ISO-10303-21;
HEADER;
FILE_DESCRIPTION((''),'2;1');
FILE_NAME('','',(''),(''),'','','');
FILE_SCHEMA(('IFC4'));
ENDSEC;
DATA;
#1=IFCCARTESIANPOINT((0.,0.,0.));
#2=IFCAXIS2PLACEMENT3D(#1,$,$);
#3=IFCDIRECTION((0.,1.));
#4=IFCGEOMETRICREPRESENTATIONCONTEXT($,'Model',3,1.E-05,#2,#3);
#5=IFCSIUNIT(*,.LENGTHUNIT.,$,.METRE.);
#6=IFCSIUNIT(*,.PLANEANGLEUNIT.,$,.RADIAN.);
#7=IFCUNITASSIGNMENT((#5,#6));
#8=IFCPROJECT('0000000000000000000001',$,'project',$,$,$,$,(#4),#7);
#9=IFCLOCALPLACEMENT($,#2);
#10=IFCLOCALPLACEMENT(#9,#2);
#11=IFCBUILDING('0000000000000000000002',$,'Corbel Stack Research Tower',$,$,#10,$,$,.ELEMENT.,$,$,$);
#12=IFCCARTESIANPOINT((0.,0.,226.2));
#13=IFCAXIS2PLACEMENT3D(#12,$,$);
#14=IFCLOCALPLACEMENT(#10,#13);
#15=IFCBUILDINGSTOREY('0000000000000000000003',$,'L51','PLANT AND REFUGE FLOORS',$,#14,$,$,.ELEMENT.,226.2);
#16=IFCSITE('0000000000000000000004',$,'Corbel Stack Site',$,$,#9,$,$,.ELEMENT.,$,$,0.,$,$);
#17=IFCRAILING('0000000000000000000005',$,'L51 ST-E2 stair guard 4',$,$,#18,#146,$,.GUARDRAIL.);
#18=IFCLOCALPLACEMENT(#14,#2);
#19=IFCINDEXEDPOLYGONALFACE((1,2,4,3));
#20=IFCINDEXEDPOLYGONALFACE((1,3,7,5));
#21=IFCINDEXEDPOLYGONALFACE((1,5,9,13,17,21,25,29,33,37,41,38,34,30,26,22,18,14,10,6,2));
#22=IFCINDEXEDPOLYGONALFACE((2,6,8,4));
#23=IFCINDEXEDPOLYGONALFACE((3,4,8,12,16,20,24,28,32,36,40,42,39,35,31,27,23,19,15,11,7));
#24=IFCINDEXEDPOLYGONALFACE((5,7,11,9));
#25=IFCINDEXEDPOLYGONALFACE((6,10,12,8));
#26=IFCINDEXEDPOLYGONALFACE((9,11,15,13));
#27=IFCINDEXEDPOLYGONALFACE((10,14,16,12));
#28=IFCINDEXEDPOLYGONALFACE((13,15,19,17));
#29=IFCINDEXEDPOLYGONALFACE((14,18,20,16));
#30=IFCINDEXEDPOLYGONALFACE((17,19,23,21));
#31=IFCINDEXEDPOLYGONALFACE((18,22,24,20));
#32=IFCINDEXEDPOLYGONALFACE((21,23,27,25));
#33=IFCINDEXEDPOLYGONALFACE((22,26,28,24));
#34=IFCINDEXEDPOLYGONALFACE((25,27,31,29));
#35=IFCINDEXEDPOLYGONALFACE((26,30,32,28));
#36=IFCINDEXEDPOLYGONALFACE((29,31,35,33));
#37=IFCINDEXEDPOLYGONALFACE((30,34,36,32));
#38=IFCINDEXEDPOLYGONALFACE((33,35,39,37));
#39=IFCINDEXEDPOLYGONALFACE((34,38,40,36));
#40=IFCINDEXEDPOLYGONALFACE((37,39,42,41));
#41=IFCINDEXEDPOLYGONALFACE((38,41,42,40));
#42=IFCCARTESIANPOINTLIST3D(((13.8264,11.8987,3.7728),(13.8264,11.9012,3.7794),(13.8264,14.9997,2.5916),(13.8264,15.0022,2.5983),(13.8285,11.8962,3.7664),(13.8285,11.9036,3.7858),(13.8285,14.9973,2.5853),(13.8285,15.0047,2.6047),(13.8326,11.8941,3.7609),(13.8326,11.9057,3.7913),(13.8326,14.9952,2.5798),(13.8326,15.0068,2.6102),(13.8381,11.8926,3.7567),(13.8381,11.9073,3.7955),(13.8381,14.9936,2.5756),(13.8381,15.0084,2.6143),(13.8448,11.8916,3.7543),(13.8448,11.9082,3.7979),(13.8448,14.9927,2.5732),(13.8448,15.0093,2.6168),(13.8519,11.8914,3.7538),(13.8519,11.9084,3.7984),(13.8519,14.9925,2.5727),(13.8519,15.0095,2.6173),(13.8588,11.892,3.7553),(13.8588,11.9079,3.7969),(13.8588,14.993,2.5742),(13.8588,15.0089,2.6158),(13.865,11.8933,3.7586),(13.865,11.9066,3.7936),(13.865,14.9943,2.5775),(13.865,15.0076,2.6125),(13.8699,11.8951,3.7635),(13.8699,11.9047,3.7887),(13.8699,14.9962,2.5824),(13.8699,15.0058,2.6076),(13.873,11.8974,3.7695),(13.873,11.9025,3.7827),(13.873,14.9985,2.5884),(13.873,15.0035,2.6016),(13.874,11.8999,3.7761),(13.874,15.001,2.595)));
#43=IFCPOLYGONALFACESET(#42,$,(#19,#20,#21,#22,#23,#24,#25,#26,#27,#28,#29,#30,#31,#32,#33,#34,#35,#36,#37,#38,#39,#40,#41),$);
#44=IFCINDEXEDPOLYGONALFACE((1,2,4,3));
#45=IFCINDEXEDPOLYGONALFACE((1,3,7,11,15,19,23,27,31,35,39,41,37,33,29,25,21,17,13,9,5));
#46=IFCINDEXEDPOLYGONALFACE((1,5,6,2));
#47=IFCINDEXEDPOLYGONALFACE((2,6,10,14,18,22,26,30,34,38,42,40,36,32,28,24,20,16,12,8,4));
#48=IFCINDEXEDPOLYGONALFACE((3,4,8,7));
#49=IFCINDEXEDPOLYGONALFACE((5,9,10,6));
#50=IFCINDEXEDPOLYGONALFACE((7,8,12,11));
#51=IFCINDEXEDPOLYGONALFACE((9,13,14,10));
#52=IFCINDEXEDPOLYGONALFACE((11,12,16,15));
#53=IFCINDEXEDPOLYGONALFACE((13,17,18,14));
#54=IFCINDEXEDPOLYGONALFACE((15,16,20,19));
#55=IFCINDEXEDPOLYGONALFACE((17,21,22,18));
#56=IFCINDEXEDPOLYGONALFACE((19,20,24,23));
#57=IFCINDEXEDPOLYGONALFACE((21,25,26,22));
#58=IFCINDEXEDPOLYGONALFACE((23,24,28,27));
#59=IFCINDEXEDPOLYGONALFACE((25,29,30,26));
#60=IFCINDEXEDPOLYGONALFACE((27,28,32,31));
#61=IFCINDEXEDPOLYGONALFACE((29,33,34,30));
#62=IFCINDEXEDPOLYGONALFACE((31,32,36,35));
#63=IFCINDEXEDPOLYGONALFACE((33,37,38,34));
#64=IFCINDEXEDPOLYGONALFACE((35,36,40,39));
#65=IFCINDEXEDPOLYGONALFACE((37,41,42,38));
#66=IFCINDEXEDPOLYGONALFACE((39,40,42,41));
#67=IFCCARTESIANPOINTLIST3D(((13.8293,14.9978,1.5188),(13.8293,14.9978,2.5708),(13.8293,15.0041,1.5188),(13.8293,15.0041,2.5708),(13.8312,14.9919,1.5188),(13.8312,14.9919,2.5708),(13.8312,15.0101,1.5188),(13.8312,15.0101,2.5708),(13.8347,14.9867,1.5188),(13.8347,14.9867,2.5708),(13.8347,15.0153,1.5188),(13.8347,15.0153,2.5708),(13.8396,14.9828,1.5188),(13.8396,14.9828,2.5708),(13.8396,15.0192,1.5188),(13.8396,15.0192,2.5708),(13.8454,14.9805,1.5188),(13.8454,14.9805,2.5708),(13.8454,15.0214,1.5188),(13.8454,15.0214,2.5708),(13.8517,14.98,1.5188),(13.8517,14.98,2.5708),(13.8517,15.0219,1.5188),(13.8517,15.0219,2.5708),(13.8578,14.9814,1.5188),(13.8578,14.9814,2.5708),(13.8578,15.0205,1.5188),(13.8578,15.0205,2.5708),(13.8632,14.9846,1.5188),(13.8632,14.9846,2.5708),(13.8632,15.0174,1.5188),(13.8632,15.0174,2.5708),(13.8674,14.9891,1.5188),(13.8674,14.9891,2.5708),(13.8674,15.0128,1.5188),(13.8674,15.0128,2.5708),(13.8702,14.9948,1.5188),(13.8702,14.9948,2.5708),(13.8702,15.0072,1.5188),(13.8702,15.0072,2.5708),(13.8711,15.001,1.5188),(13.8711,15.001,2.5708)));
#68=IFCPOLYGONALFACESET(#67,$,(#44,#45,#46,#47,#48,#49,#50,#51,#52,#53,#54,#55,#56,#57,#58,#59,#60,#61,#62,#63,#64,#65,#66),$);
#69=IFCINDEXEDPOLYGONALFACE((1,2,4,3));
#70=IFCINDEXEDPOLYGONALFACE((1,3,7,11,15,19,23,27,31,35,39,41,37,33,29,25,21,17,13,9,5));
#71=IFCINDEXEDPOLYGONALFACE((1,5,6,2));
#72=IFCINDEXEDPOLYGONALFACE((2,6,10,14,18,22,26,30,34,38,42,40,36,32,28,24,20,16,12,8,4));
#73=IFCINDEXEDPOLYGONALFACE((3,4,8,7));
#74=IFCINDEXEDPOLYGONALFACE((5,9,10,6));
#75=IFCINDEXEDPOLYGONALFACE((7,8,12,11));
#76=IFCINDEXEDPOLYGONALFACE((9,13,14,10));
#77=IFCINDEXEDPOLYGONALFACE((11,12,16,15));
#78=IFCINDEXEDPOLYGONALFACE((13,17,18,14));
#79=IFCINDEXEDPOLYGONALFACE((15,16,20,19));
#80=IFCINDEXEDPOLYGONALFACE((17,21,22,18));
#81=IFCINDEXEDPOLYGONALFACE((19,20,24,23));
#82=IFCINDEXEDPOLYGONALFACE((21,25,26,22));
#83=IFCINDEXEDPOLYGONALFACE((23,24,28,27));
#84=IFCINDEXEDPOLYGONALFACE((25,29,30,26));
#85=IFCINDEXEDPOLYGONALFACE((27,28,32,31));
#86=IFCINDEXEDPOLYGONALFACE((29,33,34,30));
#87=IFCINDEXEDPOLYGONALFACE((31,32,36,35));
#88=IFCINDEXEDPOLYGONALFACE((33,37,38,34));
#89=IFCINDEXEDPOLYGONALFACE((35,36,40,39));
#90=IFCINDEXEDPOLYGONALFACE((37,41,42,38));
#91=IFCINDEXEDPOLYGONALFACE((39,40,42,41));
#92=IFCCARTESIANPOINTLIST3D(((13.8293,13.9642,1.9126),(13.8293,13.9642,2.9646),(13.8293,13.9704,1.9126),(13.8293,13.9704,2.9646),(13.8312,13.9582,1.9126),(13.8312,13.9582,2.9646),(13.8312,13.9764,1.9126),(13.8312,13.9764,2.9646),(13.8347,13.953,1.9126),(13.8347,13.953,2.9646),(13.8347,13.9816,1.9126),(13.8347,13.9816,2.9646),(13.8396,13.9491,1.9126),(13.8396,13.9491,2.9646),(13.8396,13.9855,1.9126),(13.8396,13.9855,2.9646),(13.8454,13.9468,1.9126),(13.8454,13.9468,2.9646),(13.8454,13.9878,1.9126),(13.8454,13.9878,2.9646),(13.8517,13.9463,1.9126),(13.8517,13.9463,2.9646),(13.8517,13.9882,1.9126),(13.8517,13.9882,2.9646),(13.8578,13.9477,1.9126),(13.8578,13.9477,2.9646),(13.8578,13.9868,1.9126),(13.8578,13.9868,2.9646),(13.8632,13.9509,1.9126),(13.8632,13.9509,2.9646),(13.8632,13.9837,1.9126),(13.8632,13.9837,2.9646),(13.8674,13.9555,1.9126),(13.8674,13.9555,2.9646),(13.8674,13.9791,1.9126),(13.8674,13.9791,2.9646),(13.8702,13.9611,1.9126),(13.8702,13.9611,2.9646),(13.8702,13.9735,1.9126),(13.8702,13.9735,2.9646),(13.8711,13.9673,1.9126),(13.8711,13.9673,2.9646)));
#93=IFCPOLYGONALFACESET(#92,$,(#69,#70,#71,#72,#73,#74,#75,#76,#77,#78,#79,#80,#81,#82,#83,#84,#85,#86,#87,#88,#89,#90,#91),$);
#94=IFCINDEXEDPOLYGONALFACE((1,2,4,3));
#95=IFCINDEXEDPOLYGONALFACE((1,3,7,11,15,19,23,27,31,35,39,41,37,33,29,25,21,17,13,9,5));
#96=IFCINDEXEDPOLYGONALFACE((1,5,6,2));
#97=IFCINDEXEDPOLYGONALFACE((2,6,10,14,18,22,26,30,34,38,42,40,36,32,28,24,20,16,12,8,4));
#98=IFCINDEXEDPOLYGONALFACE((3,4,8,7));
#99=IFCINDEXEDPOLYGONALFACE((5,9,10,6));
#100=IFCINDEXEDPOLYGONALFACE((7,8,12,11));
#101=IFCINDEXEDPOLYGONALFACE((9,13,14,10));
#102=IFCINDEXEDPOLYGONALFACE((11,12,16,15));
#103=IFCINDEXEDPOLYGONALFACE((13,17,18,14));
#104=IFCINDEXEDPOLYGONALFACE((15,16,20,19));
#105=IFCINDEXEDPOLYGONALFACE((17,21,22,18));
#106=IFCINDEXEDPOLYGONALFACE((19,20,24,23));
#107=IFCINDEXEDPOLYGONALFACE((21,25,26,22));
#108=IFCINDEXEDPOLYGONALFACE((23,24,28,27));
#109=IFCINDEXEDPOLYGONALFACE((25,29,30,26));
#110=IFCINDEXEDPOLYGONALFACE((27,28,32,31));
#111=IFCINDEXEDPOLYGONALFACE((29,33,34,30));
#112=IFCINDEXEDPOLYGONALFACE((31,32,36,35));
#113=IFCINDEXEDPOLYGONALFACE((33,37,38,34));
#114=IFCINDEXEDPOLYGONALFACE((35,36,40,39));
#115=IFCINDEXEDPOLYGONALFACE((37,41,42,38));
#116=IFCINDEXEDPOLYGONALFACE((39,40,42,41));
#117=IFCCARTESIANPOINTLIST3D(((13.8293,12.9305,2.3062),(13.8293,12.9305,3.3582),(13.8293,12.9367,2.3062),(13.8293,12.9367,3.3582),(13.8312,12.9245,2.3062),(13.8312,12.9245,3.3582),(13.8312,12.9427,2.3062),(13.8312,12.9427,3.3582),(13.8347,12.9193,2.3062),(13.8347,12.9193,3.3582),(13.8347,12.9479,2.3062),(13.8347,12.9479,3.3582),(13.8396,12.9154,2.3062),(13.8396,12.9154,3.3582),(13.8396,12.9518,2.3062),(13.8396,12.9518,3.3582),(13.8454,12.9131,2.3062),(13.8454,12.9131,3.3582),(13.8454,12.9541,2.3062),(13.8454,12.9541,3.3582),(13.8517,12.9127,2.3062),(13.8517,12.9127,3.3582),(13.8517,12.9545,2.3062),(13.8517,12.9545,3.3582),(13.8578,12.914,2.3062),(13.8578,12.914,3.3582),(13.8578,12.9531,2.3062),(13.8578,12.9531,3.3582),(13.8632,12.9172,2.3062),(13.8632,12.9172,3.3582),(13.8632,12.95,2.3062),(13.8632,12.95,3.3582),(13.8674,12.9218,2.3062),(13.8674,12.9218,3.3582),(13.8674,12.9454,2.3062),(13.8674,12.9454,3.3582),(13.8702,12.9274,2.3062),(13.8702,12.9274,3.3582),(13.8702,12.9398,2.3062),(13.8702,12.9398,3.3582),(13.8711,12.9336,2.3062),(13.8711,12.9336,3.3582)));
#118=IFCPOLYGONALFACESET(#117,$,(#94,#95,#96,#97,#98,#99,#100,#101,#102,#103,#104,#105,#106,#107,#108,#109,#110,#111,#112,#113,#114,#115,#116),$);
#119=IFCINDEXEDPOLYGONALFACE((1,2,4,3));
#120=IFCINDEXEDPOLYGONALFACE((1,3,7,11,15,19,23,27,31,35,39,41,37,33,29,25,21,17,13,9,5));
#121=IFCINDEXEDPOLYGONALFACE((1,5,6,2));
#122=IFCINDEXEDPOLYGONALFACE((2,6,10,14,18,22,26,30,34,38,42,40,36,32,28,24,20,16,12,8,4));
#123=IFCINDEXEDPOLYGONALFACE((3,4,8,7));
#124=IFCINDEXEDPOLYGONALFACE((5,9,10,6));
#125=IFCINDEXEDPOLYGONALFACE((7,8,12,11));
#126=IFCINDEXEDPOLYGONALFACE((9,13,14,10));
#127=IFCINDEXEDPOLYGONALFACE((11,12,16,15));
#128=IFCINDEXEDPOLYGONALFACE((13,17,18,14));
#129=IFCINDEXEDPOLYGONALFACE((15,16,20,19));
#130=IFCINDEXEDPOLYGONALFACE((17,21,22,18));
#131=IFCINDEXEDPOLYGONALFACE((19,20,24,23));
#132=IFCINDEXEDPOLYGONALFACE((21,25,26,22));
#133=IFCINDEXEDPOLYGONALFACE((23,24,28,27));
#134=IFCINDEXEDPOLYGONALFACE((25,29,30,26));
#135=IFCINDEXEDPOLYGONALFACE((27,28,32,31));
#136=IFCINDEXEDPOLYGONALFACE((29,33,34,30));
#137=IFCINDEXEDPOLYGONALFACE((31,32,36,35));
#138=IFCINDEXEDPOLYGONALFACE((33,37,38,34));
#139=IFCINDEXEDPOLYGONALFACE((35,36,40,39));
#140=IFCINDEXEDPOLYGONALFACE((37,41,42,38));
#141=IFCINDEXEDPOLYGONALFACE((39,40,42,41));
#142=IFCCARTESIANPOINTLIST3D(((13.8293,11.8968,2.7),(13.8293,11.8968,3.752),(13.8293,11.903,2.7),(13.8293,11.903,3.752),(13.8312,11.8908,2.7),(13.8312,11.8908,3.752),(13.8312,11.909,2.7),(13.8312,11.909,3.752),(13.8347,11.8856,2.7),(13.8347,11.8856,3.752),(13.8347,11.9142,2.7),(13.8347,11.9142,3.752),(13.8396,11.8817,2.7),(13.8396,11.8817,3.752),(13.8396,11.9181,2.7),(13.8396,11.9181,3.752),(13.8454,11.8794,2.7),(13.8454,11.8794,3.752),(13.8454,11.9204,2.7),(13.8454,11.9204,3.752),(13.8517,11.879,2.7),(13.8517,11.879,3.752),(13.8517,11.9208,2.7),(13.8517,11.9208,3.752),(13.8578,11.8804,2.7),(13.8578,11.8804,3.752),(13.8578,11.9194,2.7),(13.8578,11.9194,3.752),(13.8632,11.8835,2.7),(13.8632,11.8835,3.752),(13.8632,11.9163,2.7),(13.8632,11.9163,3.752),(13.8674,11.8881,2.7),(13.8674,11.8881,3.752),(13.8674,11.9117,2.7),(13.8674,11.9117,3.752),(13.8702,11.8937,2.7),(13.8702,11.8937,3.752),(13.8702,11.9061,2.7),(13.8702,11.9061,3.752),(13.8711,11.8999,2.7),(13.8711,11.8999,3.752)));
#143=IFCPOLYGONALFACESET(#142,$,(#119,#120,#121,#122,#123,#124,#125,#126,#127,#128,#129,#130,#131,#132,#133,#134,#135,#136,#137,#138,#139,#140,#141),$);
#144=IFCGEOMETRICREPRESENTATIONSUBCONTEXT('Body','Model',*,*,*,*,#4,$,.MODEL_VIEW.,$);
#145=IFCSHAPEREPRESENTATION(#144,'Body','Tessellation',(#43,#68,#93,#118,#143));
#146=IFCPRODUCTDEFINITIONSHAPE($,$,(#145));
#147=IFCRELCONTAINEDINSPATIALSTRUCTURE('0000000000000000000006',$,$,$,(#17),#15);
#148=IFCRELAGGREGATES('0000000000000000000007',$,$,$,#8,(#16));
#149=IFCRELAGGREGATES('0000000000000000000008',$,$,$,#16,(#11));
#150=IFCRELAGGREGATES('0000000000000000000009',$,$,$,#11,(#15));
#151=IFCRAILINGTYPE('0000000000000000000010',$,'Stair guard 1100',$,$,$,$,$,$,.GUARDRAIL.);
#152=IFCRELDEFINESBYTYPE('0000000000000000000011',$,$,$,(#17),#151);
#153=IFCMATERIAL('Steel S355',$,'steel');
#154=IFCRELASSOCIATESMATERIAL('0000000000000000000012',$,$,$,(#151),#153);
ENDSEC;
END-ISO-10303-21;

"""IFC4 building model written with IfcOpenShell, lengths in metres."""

from ifc_helpers import new_model, si_unit, direction, frame, origin, origin_2d, place, context, subcontext, project, spatial, circle, extrude, material, type_object, element, save


model = new_model("IFC4")

# Units and contexts
model_context = context("Model", 3, precision=1e-05, world=origin(), true_north=direction((0.0, 1.0)))
body_context = subcontext(model_context, "Body", "Model", "MODEL_VIEW")
ifc_project = project(units=[si_unit("LENGTHUNIT", "METRE"), si_unit("PLANEANGLEUNIT", "RADIAN")], contexts=[model_context])

# Site, building, storey
site_placement = place(None, origin())
site = spatial("IfcSite", under=ifc_project, at=site_placement, Name="Corbel Stack Site", CompositionType="ELEMENT", RefElevation=0.0)
building_placement = place(site_placement, origin())
building = spatial("IfcBuilding", under=site, at=building_placement, Name="Corbel Stack Research Tower", CompositionType="ELEMENT")
storey_placement = place(building_placement, frame((0.0, 0.0, 226.2)))
storey = spatial("IfcBuildingStorey", under=building, at=storey_placement, Name="L51", Description="PLANT AND REFUGE FLOORS", CompositionType="ELEMENT", Elevation=226.2)

# Railing
ifc_material_1 = material(Name="Steel S355", Category="steel")
railing_type_1 = type_object("IfcRailingType", Name="Stair guard 1100", PredefinedType="GUARDRAIL", material=ifc_material_1)
railing_1_placement = place(storey_placement, frame((13.8501, 15.001, 1.5188)))
element("IfcRailing", 1, at=railing_1_placement, inside=storey, type_object=railing_type_1, Name="L51 ST-E2 stair guard 4", PredefinedType="GUARDRAIL", context=body_context, shape_type="SweptSolid", body=[
    extrude(circle(Radius=0.0239, at=origin_2d()), frame((0.0, 0.0, 1.0762), z_axis=(0.0, -0.934509, 0.35594), x_axis=(1.0, 0.0, 0.0)), (0.0, 0.0, 1.0), 3.3184),
    extrude(circle(Radius=0.021, at=origin_2d()), origin(), (0.0, 0.0, 1.0), 1.052),
    extrude(circle(Radius=0.021, at=origin_2d()), frame((0.0, -1.0337, 0.3938)), (0.0, 0.0, 1.0), 1.052),
    extrude(circle(Radius=0.021, at=origin_2d()), frame((0.0, -2.0674, 0.7874)), (0.0, 0.0, 1.0), 1.052),
    extrude(circle(Radius=0.021, at=origin_2d()), frame((0.0, -3.1011, 1.1812)), (0.0, 0.0, 1.0), 1.052),
])

save(model, "model.ifc")
